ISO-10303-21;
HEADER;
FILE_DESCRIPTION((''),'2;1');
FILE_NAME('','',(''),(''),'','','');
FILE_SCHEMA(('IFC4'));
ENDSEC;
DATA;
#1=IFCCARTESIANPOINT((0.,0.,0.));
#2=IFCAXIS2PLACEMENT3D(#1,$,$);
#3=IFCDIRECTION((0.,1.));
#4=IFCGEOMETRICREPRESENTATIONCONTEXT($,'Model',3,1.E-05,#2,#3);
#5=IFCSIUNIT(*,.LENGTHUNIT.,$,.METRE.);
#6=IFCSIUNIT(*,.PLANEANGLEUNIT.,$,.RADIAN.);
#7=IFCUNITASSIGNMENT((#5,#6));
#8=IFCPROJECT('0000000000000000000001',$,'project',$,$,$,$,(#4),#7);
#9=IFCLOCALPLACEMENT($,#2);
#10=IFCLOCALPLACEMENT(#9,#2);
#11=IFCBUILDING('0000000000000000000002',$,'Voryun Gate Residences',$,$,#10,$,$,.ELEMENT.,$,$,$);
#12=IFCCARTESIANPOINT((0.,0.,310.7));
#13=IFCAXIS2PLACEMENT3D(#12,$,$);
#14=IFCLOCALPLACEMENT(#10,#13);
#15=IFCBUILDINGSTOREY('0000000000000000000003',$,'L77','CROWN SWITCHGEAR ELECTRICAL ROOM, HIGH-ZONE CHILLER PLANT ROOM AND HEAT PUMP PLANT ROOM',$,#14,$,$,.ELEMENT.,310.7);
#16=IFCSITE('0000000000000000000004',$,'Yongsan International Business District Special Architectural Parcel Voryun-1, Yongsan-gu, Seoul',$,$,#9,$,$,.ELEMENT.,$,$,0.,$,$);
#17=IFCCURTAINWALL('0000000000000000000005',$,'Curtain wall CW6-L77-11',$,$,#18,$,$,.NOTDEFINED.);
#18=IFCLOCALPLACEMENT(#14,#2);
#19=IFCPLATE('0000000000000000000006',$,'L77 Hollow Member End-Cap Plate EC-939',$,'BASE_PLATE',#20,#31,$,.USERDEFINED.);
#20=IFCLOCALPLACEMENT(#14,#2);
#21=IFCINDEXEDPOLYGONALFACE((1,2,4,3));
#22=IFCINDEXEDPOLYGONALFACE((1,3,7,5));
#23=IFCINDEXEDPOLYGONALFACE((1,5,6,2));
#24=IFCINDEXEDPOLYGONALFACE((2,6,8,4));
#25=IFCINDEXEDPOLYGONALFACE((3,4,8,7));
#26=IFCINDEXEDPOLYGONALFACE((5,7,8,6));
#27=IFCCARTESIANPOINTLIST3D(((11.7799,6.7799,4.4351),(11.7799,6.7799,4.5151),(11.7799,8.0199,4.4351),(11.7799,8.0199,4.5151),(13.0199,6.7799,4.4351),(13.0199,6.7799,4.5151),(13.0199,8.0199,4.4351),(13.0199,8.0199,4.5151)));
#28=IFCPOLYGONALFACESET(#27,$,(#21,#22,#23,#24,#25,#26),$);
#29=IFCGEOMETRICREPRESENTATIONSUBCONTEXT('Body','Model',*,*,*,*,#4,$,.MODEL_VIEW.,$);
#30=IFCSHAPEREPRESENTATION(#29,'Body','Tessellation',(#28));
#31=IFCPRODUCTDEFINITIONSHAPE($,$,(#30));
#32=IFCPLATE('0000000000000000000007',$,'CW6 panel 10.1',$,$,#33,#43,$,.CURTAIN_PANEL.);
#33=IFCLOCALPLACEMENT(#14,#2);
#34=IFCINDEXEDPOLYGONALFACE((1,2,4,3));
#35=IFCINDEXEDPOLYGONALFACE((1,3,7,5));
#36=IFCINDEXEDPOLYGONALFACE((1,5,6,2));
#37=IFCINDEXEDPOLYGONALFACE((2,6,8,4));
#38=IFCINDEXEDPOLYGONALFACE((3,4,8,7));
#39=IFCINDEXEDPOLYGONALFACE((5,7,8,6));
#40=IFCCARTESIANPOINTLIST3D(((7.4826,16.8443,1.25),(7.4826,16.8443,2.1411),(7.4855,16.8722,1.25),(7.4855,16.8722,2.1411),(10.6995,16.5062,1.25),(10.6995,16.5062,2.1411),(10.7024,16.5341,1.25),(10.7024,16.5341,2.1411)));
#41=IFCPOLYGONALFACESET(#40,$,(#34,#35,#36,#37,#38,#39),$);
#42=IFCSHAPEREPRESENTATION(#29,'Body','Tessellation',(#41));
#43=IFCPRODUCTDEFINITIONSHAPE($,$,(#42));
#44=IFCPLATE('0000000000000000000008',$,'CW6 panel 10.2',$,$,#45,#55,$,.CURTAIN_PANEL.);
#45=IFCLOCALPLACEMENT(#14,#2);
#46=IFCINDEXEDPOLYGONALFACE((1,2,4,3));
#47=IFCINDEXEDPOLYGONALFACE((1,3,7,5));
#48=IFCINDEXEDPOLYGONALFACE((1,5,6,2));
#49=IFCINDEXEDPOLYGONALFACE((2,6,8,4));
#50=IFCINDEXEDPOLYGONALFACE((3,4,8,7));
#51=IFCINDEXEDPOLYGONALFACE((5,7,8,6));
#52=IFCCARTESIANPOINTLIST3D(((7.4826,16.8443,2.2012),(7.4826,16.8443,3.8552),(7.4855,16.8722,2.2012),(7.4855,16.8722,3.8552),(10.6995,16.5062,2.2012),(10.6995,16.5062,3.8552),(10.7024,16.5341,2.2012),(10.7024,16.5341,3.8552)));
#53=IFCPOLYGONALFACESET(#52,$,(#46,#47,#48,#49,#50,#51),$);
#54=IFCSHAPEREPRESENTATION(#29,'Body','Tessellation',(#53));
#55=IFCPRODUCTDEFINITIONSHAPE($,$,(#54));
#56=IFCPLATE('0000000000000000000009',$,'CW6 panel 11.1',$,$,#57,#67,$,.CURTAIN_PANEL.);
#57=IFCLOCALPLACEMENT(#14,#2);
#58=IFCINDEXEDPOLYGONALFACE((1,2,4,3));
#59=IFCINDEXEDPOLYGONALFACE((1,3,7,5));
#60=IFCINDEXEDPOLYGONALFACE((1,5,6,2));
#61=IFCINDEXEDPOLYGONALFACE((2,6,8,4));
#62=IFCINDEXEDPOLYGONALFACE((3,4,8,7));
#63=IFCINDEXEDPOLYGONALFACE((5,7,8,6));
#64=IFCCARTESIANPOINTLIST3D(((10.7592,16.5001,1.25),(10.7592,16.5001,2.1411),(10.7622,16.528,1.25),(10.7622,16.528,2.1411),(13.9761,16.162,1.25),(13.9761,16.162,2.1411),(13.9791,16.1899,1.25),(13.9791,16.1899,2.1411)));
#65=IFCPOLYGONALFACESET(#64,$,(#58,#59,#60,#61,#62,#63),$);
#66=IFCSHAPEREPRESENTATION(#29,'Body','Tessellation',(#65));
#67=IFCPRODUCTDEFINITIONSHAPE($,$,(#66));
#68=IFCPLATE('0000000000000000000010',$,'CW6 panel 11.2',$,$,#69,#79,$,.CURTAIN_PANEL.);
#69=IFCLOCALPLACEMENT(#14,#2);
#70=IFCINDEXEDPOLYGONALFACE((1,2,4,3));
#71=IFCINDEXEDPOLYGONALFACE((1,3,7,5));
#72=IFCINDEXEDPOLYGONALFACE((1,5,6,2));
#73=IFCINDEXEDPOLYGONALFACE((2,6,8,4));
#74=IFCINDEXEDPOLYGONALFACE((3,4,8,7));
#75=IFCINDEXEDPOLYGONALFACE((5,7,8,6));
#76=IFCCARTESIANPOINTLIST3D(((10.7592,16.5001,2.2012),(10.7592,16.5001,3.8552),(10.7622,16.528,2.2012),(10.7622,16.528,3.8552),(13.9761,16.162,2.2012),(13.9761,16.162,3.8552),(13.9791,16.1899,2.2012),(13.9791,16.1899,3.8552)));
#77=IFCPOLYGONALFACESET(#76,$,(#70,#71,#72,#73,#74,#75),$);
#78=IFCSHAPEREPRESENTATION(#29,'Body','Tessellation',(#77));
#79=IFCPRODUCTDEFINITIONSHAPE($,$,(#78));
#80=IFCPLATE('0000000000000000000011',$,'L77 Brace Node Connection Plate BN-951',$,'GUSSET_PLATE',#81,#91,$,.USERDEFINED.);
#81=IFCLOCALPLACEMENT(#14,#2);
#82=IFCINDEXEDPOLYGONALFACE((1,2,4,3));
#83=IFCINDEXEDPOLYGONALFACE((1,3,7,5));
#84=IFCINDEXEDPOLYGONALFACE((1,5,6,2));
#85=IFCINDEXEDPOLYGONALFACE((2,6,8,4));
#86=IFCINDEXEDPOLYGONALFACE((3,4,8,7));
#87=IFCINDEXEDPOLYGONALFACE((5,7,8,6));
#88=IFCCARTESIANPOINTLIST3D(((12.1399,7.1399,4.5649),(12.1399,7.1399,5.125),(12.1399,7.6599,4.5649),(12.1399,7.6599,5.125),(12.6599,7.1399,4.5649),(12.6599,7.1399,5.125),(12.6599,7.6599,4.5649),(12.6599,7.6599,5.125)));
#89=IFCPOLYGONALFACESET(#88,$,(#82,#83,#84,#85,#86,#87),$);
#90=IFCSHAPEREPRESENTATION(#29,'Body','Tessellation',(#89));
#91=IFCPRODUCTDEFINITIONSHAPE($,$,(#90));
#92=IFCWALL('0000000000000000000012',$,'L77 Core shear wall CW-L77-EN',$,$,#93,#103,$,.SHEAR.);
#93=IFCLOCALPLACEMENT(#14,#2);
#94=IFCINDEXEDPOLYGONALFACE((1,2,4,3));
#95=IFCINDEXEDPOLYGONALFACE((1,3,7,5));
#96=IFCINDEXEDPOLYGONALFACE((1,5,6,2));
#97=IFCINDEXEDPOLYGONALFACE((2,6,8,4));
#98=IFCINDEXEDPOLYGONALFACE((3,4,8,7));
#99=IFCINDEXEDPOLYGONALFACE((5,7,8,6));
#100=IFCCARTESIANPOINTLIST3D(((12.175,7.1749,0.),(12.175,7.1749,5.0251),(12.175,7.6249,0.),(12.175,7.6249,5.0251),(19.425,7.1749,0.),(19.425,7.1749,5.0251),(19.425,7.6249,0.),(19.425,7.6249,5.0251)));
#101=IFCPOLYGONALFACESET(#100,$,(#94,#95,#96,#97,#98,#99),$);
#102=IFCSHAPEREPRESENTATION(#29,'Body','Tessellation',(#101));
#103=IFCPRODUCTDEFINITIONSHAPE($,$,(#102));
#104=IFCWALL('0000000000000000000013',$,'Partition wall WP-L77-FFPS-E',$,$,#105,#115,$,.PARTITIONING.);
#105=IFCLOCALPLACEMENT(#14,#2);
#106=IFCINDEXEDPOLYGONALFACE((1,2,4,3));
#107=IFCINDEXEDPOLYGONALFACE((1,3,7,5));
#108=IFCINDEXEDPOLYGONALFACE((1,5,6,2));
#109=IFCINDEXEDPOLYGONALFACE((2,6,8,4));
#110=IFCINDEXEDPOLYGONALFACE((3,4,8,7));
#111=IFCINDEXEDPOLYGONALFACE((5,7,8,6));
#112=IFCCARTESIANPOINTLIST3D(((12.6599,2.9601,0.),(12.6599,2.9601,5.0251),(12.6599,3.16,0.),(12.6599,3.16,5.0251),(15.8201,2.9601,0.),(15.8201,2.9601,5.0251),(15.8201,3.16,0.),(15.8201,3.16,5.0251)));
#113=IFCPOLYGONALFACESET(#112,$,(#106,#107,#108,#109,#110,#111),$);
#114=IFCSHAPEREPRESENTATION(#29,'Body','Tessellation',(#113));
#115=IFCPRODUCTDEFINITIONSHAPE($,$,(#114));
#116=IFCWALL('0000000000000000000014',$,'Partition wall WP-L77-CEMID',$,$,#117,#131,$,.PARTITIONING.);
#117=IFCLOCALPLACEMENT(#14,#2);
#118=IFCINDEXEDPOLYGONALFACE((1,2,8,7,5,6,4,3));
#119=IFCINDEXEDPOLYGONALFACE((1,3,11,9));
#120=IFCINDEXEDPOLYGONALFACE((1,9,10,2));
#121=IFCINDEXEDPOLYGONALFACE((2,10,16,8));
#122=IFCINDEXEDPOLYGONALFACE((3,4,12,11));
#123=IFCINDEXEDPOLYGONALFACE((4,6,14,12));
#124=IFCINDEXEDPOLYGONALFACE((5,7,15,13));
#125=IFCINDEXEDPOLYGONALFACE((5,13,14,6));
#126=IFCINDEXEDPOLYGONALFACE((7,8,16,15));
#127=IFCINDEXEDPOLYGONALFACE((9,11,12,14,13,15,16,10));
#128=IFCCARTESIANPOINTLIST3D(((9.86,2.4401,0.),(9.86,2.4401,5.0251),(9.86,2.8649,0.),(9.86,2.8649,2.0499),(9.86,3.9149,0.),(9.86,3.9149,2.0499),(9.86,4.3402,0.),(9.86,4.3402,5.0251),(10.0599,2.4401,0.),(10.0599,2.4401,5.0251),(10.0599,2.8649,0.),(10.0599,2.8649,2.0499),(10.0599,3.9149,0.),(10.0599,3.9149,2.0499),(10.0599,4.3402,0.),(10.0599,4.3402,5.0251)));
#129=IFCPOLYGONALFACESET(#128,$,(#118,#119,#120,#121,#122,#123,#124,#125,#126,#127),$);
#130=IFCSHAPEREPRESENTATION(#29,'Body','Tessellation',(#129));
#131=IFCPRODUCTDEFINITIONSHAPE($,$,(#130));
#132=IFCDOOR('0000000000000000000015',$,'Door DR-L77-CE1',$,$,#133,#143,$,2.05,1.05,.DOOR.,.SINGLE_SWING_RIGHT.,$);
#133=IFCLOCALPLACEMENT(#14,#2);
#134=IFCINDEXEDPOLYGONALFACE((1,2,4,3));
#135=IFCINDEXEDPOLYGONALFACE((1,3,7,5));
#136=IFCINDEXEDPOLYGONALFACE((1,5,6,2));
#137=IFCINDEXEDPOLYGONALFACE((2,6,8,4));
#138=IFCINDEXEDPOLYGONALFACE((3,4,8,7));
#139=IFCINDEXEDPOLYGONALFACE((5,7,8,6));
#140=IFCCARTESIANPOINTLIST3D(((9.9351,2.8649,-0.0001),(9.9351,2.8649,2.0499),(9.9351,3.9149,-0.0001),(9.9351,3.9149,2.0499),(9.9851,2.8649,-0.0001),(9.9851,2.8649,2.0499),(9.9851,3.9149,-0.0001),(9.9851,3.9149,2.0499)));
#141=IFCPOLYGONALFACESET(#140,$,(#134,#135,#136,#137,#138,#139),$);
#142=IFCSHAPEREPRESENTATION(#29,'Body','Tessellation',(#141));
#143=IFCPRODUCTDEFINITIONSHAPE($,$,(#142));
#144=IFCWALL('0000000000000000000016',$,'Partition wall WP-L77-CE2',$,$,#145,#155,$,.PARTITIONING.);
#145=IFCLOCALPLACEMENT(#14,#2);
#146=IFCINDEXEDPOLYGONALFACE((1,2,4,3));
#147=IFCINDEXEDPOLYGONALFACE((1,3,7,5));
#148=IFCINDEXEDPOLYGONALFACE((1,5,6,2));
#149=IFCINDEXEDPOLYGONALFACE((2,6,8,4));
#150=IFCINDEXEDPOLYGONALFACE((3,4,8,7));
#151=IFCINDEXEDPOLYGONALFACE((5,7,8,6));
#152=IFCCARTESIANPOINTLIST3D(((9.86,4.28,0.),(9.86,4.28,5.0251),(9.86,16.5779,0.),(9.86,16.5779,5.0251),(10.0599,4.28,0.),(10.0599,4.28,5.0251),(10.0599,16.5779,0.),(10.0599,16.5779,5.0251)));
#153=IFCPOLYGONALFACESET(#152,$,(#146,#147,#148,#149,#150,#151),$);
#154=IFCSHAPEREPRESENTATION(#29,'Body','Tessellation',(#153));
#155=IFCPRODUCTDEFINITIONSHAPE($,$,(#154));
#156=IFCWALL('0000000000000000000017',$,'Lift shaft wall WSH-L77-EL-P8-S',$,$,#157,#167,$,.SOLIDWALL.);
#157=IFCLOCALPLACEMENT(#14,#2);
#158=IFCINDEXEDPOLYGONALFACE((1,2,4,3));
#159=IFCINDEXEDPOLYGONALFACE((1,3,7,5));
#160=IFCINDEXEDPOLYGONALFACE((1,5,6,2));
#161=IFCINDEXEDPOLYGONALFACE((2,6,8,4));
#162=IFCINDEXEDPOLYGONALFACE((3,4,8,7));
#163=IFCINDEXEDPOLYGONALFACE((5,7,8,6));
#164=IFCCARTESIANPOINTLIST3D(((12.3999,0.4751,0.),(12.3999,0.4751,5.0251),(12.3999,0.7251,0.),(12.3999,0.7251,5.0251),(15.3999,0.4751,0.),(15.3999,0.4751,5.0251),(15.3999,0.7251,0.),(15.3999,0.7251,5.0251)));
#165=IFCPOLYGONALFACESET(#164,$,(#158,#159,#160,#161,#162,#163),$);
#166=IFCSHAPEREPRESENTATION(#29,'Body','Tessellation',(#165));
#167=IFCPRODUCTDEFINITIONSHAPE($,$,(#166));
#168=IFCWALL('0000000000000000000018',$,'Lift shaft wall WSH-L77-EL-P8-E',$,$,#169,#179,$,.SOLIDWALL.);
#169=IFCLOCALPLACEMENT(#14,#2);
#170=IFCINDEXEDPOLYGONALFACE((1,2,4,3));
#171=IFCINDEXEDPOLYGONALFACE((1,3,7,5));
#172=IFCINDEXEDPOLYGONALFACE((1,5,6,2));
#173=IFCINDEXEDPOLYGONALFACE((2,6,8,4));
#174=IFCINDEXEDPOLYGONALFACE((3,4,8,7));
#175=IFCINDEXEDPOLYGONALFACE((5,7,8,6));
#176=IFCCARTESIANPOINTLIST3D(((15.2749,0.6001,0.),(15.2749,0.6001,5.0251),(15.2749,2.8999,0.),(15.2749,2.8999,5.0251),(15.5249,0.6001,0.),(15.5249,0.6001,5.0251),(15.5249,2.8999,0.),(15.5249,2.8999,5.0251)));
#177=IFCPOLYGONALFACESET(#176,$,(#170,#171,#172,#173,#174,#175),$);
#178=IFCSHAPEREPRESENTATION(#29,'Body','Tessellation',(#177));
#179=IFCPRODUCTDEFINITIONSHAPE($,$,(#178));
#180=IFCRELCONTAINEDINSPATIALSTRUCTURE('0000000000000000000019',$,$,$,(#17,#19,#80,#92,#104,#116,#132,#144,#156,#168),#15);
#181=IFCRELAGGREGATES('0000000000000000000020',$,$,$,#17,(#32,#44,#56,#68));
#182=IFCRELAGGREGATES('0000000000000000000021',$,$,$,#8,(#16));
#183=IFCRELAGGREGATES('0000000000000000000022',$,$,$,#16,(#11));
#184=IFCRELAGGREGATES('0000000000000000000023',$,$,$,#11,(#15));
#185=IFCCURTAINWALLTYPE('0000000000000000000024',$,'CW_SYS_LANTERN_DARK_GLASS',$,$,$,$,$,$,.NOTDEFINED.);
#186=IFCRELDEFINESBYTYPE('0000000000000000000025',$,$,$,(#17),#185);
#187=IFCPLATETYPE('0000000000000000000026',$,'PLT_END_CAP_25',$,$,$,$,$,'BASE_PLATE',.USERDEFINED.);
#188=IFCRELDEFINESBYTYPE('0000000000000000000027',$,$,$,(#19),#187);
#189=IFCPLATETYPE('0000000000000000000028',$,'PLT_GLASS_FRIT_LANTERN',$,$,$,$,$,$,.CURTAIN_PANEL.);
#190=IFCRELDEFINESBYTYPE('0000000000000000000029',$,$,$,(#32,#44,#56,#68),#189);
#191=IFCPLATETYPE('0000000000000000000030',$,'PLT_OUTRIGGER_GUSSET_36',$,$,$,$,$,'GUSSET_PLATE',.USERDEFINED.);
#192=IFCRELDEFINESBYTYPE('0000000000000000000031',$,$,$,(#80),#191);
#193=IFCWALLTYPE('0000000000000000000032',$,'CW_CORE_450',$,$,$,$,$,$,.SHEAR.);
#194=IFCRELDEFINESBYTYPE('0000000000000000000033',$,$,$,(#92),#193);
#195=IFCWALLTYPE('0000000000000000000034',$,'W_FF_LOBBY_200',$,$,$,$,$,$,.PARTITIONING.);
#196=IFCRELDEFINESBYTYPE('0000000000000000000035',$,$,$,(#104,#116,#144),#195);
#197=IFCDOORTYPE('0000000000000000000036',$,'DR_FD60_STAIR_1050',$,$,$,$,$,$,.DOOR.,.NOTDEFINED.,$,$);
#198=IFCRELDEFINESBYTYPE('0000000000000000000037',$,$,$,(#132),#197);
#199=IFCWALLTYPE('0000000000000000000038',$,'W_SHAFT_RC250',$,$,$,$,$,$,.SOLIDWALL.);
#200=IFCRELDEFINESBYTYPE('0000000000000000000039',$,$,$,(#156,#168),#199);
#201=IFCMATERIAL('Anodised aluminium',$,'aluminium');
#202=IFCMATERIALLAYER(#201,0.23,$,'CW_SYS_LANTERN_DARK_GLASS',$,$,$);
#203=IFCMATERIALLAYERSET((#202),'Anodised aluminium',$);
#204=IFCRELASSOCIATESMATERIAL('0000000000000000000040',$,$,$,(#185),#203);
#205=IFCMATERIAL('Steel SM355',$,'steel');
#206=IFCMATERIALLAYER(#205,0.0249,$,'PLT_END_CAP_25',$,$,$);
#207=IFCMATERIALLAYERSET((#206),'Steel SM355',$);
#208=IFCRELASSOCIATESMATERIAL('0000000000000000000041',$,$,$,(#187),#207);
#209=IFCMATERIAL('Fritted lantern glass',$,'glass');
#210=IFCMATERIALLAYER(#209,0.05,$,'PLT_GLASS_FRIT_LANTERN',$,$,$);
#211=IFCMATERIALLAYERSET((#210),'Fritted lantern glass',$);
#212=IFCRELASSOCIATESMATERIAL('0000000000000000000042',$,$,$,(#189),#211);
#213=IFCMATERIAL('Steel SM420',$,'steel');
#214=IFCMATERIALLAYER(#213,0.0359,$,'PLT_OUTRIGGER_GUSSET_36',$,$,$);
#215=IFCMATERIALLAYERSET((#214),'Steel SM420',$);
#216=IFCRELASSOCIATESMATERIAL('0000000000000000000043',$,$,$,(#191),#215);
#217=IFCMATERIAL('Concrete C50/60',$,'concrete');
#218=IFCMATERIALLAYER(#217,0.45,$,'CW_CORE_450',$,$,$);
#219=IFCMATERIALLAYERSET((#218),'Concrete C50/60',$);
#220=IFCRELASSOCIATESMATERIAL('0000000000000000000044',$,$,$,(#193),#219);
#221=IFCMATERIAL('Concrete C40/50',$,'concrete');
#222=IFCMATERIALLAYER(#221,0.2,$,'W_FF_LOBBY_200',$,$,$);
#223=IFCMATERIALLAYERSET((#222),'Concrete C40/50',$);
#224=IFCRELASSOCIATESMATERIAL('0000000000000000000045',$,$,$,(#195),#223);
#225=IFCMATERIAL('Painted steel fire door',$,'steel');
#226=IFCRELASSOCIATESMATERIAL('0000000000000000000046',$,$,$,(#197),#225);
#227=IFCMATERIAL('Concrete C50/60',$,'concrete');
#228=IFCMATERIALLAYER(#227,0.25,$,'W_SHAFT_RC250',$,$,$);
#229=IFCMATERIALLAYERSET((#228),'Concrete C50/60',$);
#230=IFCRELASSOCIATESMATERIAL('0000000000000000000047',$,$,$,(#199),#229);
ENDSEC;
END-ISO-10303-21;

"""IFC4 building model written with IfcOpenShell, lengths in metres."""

from ifc_helpers import new_model, si_unit, direction, frame, frame_2d, origin, origin_2d, place, context, subcontext, project, spatial, rectangle, extrude, material, layer, layer_set, type_object, element, fill, aggregate, save


model = new_model("IFC4")

# Units and contexts
model_context = context("Model", 3, precision=1e-05, world=origin(), true_north=direction((0.0, 1.0)))
body_context = subcontext(model_context, "Body", "Model", "MODEL_VIEW")
ifc_project = project(units=[si_unit("LENGTHUNIT", "METRE"), si_unit("PLANEANGLEUNIT", "RADIAN")], contexts=[model_context])

# Site, building, storey
site_placement = place(None, origin())
site = spatial("IfcSite", under=ifc_project, at=site_placement, Name="Yongsan International Business District Special Architectural Parcel Voryun-1, Yongsan-gu, Seoul", CompositionType="ELEMENT", RefElevation=0.0)
building_placement = place(site_placement, origin())
building = spatial("IfcBuilding", under=site, at=building_placement, Name="Voryun Gate Residences", CompositionType="ELEMENT")
storey_placement = place(building_placement, frame((0.0, 0.0, 310.7)))
storey = spatial("IfcBuildingStorey", under=building, at=storey_placement, Name="L77", Description="CROWN SWITCHGEAR ELECTRICAL ROOM, HIGH-ZONE CHILLER PLANT ROOM AND HEAT PUMP PLANT ROOM", CompositionType="ELEMENT", Elevation=310.7)

# Curtain wall
ifc_material_1 = material(Name="Anodised aluminium", Category="aluminium")
ifc_layer_1 = layer(ifc_material_1, 0.23, Name="CW_SYS_LANTERN_DARK_GLASS")
ifc_layer_set_1 = layer_set([ifc_layer_1], Name="Anodised aluminium")
curtain_wall_type = type_object("IfcCurtainWallType", Name="CW_SYS_LANTERN_DARK_GLASS", PredefinedType="NOTDEFINED", material=ifc_layer_set_1)
curtain_wall_placement = place(storey_placement, origin())
curtain_wall = element("IfcCurtainWall", 1, at=curtain_wall_placement, inside=storey, type_object=curtain_wall_type, Name="Curtain wall CW6-L77-11", PredefinedType="NOTDEFINED")

# Plate
ifc_material_2 = material(Name="Steel SM355", Category="steel")
ifc_layer_2 = layer(ifc_material_2, 0.0249, Name="PLT_END_CAP_25")
ifc_layer_set_2 = layer_set([ifc_layer_2], Name="Steel SM355")
plate_type_1 = type_object("IfcPlateType", Name="PLT_END_CAP_25", ElementType="BASE_PLATE", PredefinedType="USERDEFINED", material=ifc_layer_set_2)
for number, where, z_axis, x_axis, name in (
    (2, (12.3999, 7.3999, 4.4351), (0.0, 0.0, 1.0), (1.0, 0.0, 0.0), "L77 Hollow Member End-Cap Plate EC-939"),
):
    element("IfcPlate", number, at=place(storey_placement, frame(where, z_axis=z_axis, x_axis=x_axis)), inside=storey, type_object=plate_type_1, Name=name, ObjectType="BASE_PLATE", PredefinedType="USERDEFINED", context=body_context, shape_type="SweptSolid", body=[
        extrude(rectangle(XDim=1.24, YDim=1.24, at=origin_2d()), origin(), (0.0, 0.0, 1.0), 0.0801),
    ])

# Plates
ifc_material_3 = material(Name="Fritted lantern glass", Category="glass")
ifc_layer_3 = layer(ifc_material_3, 0.05, Name="PLT_GLASS_FRIT_LANTERN")
ifc_layer_set_3 = layer_set([ifc_layer_3], Name="Fritted lantern glass")
plate_type_2 = type_object("IfcPlateType", Name="PLT_GLASS_FRIT_LANTERN", PredefinedType="CURTAIN_PANEL", material=ifc_layer_set_3)
plate_1_placement = place(storey_placement, frame((9.0925, 16.6892, 1.25), z_axis=(0.0, 0.0, 1.0), x_axis=(0.994522, -0.104528, 0.0)))
plate_1 = element("IfcPlate", 3, at=plate_1_placement, type_object=plate_type_2, Name="CW6 panel 10.1", PredefinedType="CURTAIN_PANEL", context=body_context, shape_type="SweptSolid", body=[
    extrude(rectangle(XDim=3.2346, YDim=0.0281, at=origin_2d()), origin(), (0.0, 0.0, 1.0), 0.8911),
])
plate_2_placement = place(storey_placement, frame((9.0925, 16.6892, 2.2012), z_axis=(0.0, 0.0, 1.0), x_axis=(0.994522, -0.104528, 0.0)))
plate_2 = element("IfcPlate", 4, at=plate_2_placement, type_object=plate_type_2, Name="CW6 panel 10.2", PredefinedType="CURTAIN_PANEL", context=body_context, shape_type="SweptSolid", body=[
    extrude(rectangle(XDim=3.2346, YDim=0.0281, at=origin_2d()), origin(), (0.0, 0.0, 1.0), 1.6541),
])
plate_3_placement = place(storey_placement, frame((12.3691, 16.345, 1.25), z_axis=(0.0, 0.0, 1.0), x_axis=(0.994522, -0.104528, 0.0)))
plate_3 = element("IfcPlate", 5, at=plate_3_placement, type_object=plate_type_2, Name="CW6 panel 11.1", PredefinedType="CURTAIN_PANEL", context=body_context, shape_type="SweptSolid", body=[
    extrude(rectangle(XDim=3.2346, YDim=0.0281, at=origin_2d()), origin(), (0.0, 0.0, 1.0), 0.8911),
])
plate_4_placement = place(storey_placement, frame((12.3691, 16.345, 2.2012), z_axis=(0.0, 0.0, 1.0), x_axis=(0.994522, -0.104528, 0.0)))
plate_4 = element("IfcPlate", 6, at=plate_4_placement, type_object=plate_type_2, Name="CW6 panel 11.2", PredefinedType="CURTAIN_PANEL", context=body_context, shape_type="SweptSolid", body=[
    extrude(rectangle(XDim=3.2346, YDim=0.0281, at=origin_2d()), origin(), (0.0, 0.0, 1.0), 1.6541),
])
aggregate(curtain_wall, [plate_1, plate_2, plate_3, plate_4])
ifc_material_4 = material(Name="Steel SM420", Category="steel")
ifc_layer_4 = layer(ifc_material_4, 0.0359, Name="PLT_OUTRIGGER_GUSSET_36")
ifc_layer_set_4 = layer_set([ifc_layer_4], Name="Steel SM420")
plate_type_3 = type_object("IfcPlateType", Name="PLT_OUTRIGGER_GUSSET_36", ElementType="GUSSET_PLATE", PredefinedType="USERDEFINED", material=ifc_layer_set_4)
plate_5_placement = place(storey_placement, frame((12.3999, 7.3999, 4.5649), z_axis=(0.0, 0.0, 1.0), x_axis=(1.0, 0.0, 0.0)))
element("IfcPlate", 7, at=plate_5_placement, inside=storey, type_object=plate_type_3, Name="L77 Brace Node Connection Plate BN-951", ObjectType="GUSSET_PLATE", PredefinedType="USERDEFINED", context=body_context, shape_type="SweptSolid", body=[
    extrude(rectangle(XDim=0.52, YDim=0.52, at=origin_2d()), origin(), (0.0, 0.0, 1.0), 0.5601),
])

# Walls
ifc_material_5 = material(Name="Concrete C50/60", Category="concrete")
ifc_layer_5 = layer(ifc_material_5, 0.45, Name="CW_CORE_450")
ifc_layer_set_5 = layer_set([ifc_layer_5], Name="Concrete C50/60")
wall_type_1 = type_object("IfcWallType", Name="CW_CORE_450", PredefinedType="SHEAR", material=ifc_layer_set_5)
wall_1_placement = place(storey_placement, frame((12.175, 7.3999, 0.0), z_axis=(0.0, 0.0, 1.0), x_axis=(1.0, 0.0, 0.0)))
element("IfcWall", 8, at=wall_1_placement, inside=storey, type_object=wall_type_1, Name="L77 Core shear wall CW-L77-EN", PredefinedType="SHEAR", context=body_context, shape_type="SweptSolid", body=[
    extrude(rectangle(XDim=7.25, YDim=0.45, at=frame_2d((3.625, 0.0))), origin(), (0.0, 0.0, 1.0), 5.0251),
])
ifc_material_6 = material(Name="Concrete C40/50", Category="concrete")
ifc_layer_6 = layer(ifc_material_6, 0.2, Name="W_FF_LOBBY_200")
ifc_layer_set_6 = layer_set([ifc_layer_6], Name="Concrete C40/50")
wall_type_2 = type_object("IfcWallType", Name="W_FF_LOBBY_200", PredefinedType="PARTITIONING", material=ifc_layer_set_6)
wall_2_placement = place(storey_placement, frame((12.6599, 3.0601, 0.0), z_axis=(0.0, 0.0, 1.0), x_axis=(1.0, 0.0, 0.0)))
element("IfcWall", 9, at=wall_2_placement, inside=storey, type_object=wall_type_2, Name="Partition wall WP-L77-FFPS-E", PredefinedType="PARTITIONING", context=body_context, shape_type="SweptSolid", body=[
    extrude(rectangle(XDim=3.1602, YDim=0.2, at=frame_2d((1.5801, 0.0))), origin(), (0.0, 0.0, 1.0), 5.0251),
])

# Wall, opening, door
wall_3_placement = place(storey_placement, frame((9.96, 2.4399, 0.0), z_axis=(0.0, 0.0, 1.0), x_axis=(0.0, 1.0, 0.0)))
wall_3 = element("IfcWall", 10, at=wall_3_placement, inside=storey, type_object=wall_type_2, Name="Partition wall WP-L77-CEMID", PredefinedType="PARTITIONING", context=body_context, shape_type="SweptSolid", body=[
    extrude(rectangle(XDim=1.9001, YDim=0.2, at=frame_2d((0.9502, 0.0))), origin(), (0.0, 0.0, 1.0), 5.0251),
])
opening_placement = place(wall_3_placement, frame((0.425, 0.0, 0.0)))
opening = element("IfcOpeningElement", 11, at=opening_placement, cuts=wall_3, PredefinedType="OPENING", context=body_context, shape_type="SweptSolid", body=[
    extrude(rectangle(XDim=1.05, YDim=2.05, at=frame_2d((0.5249, 1.0249))), frame((0.0, 0.1101, 0.0), z_axis=(0.0, -1.0, 0.0), x_axis=(1.0, 0.0, 0.0)), (0.0, 0.0, 1.0), 0.22),
])
ifc_material_7 = material(Name="Painted steel fire door", Category="steel")
door_type = type_object("IfcDoorType", Name="DR_FD60_STAIR_1050", OperationType="NOTDEFINED", PredefinedType="DOOR", material=ifc_material_7)
door_placement = place(opening_placement, origin())
door = element("IfcDoor", 12, at=door_placement, inside=storey, type_object=door_type, Name="Door DR-L77-CE1", OperationType="SINGLE_SWING_RIGHT", OverallHeight=2.05, OverallWidth=1.05, PredefinedType="DOOR", context=body_context, shape_type="SweptSolid", body=[
    extrude(rectangle(XDim=1.05, YDim=2.05, at=frame_2d((0.5249, 1.0249))), frame((0.0, 0.0249, 0.0), z_axis=(0.0, -1.0, 0.0), x_axis=(1.0, 0.0, 0.0)), (0.0, 0.0, 1.0), 0.05),
])
fill(opening, door)

# Walls
wall_4_placement = place(storey_placement, frame((9.96, 4.28, 0.0), z_axis=(0.0, 0.0, 1.0), x_axis=(0.0, 1.0, 0.0)))
element("IfcWall", 13, at=wall_4_placement, inside=storey, type_object=wall_type_2, Name="Partition wall WP-L77-CE2", PredefinedType="PARTITIONING", context=body_context, shape_type="SweptSolid", body=[
    extrude(rectangle(XDim=12.2979, YDim=0.2, at=frame_2d((6.1489, 0.0))), origin(), (0.0, 0.0, 1.0), 5.0251),
])
ifc_material_8 = material(Name="Concrete C50/60", Category="concrete")
ifc_layer_7 = layer(ifc_material_8, 0.25, Name="W_SHAFT_RC250")
ifc_layer_set_7 = layer_set([ifc_layer_7], Name="Concrete C50/60")
wall_type_3 = type_object("IfcWallType", Name="W_SHAFT_RC250", PredefinedType="SOLIDWALL", material=ifc_layer_set_7)
wall_5_placement = place(storey_placement, frame((12.3999, 0.6001, 0.0), z_axis=(0.0, 0.0, 1.0), x_axis=(1.0, 0.0, 0.0)))
element("IfcWall", 14, at=wall_5_placement, inside=storey, type_object=wall_type_3, Name="Lift shaft wall WSH-L77-EL-P8-S", PredefinedType="SOLIDWALL", context=body_context, shape_type="SweptSolid", body=[
    extrude(rectangle(XDim=3.0, YDim=0.25, at=frame_2d((1.5, 0.0))), origin(), (0.0, 0.0, 1.0), 5.0251),
])
wall_6_placement = place(storey_placement, frame((15.3999, 0.6001, 0.0), z_axis=(0.0, 0.0, 1.0), x_axis=(0.0, 1.0, 0.0)))
element("IfcWall", 15, at=wall_6_placement, inside=storey, type_object=wall_type_3, Name="Lift shaft wall WSH-L77-EL-P8-E", PredefinedType="SOLIDWALL", context=body_context, shape_type="SweptSolid", body=[
    extrude(rectangle(XDim=2.2998, YDim=0.25, at=frame_2d((1.1499, 0.0))), origin(), (0.0, 0.0, 1.0), 5.0251),
])

save(model, "model.ifc")
